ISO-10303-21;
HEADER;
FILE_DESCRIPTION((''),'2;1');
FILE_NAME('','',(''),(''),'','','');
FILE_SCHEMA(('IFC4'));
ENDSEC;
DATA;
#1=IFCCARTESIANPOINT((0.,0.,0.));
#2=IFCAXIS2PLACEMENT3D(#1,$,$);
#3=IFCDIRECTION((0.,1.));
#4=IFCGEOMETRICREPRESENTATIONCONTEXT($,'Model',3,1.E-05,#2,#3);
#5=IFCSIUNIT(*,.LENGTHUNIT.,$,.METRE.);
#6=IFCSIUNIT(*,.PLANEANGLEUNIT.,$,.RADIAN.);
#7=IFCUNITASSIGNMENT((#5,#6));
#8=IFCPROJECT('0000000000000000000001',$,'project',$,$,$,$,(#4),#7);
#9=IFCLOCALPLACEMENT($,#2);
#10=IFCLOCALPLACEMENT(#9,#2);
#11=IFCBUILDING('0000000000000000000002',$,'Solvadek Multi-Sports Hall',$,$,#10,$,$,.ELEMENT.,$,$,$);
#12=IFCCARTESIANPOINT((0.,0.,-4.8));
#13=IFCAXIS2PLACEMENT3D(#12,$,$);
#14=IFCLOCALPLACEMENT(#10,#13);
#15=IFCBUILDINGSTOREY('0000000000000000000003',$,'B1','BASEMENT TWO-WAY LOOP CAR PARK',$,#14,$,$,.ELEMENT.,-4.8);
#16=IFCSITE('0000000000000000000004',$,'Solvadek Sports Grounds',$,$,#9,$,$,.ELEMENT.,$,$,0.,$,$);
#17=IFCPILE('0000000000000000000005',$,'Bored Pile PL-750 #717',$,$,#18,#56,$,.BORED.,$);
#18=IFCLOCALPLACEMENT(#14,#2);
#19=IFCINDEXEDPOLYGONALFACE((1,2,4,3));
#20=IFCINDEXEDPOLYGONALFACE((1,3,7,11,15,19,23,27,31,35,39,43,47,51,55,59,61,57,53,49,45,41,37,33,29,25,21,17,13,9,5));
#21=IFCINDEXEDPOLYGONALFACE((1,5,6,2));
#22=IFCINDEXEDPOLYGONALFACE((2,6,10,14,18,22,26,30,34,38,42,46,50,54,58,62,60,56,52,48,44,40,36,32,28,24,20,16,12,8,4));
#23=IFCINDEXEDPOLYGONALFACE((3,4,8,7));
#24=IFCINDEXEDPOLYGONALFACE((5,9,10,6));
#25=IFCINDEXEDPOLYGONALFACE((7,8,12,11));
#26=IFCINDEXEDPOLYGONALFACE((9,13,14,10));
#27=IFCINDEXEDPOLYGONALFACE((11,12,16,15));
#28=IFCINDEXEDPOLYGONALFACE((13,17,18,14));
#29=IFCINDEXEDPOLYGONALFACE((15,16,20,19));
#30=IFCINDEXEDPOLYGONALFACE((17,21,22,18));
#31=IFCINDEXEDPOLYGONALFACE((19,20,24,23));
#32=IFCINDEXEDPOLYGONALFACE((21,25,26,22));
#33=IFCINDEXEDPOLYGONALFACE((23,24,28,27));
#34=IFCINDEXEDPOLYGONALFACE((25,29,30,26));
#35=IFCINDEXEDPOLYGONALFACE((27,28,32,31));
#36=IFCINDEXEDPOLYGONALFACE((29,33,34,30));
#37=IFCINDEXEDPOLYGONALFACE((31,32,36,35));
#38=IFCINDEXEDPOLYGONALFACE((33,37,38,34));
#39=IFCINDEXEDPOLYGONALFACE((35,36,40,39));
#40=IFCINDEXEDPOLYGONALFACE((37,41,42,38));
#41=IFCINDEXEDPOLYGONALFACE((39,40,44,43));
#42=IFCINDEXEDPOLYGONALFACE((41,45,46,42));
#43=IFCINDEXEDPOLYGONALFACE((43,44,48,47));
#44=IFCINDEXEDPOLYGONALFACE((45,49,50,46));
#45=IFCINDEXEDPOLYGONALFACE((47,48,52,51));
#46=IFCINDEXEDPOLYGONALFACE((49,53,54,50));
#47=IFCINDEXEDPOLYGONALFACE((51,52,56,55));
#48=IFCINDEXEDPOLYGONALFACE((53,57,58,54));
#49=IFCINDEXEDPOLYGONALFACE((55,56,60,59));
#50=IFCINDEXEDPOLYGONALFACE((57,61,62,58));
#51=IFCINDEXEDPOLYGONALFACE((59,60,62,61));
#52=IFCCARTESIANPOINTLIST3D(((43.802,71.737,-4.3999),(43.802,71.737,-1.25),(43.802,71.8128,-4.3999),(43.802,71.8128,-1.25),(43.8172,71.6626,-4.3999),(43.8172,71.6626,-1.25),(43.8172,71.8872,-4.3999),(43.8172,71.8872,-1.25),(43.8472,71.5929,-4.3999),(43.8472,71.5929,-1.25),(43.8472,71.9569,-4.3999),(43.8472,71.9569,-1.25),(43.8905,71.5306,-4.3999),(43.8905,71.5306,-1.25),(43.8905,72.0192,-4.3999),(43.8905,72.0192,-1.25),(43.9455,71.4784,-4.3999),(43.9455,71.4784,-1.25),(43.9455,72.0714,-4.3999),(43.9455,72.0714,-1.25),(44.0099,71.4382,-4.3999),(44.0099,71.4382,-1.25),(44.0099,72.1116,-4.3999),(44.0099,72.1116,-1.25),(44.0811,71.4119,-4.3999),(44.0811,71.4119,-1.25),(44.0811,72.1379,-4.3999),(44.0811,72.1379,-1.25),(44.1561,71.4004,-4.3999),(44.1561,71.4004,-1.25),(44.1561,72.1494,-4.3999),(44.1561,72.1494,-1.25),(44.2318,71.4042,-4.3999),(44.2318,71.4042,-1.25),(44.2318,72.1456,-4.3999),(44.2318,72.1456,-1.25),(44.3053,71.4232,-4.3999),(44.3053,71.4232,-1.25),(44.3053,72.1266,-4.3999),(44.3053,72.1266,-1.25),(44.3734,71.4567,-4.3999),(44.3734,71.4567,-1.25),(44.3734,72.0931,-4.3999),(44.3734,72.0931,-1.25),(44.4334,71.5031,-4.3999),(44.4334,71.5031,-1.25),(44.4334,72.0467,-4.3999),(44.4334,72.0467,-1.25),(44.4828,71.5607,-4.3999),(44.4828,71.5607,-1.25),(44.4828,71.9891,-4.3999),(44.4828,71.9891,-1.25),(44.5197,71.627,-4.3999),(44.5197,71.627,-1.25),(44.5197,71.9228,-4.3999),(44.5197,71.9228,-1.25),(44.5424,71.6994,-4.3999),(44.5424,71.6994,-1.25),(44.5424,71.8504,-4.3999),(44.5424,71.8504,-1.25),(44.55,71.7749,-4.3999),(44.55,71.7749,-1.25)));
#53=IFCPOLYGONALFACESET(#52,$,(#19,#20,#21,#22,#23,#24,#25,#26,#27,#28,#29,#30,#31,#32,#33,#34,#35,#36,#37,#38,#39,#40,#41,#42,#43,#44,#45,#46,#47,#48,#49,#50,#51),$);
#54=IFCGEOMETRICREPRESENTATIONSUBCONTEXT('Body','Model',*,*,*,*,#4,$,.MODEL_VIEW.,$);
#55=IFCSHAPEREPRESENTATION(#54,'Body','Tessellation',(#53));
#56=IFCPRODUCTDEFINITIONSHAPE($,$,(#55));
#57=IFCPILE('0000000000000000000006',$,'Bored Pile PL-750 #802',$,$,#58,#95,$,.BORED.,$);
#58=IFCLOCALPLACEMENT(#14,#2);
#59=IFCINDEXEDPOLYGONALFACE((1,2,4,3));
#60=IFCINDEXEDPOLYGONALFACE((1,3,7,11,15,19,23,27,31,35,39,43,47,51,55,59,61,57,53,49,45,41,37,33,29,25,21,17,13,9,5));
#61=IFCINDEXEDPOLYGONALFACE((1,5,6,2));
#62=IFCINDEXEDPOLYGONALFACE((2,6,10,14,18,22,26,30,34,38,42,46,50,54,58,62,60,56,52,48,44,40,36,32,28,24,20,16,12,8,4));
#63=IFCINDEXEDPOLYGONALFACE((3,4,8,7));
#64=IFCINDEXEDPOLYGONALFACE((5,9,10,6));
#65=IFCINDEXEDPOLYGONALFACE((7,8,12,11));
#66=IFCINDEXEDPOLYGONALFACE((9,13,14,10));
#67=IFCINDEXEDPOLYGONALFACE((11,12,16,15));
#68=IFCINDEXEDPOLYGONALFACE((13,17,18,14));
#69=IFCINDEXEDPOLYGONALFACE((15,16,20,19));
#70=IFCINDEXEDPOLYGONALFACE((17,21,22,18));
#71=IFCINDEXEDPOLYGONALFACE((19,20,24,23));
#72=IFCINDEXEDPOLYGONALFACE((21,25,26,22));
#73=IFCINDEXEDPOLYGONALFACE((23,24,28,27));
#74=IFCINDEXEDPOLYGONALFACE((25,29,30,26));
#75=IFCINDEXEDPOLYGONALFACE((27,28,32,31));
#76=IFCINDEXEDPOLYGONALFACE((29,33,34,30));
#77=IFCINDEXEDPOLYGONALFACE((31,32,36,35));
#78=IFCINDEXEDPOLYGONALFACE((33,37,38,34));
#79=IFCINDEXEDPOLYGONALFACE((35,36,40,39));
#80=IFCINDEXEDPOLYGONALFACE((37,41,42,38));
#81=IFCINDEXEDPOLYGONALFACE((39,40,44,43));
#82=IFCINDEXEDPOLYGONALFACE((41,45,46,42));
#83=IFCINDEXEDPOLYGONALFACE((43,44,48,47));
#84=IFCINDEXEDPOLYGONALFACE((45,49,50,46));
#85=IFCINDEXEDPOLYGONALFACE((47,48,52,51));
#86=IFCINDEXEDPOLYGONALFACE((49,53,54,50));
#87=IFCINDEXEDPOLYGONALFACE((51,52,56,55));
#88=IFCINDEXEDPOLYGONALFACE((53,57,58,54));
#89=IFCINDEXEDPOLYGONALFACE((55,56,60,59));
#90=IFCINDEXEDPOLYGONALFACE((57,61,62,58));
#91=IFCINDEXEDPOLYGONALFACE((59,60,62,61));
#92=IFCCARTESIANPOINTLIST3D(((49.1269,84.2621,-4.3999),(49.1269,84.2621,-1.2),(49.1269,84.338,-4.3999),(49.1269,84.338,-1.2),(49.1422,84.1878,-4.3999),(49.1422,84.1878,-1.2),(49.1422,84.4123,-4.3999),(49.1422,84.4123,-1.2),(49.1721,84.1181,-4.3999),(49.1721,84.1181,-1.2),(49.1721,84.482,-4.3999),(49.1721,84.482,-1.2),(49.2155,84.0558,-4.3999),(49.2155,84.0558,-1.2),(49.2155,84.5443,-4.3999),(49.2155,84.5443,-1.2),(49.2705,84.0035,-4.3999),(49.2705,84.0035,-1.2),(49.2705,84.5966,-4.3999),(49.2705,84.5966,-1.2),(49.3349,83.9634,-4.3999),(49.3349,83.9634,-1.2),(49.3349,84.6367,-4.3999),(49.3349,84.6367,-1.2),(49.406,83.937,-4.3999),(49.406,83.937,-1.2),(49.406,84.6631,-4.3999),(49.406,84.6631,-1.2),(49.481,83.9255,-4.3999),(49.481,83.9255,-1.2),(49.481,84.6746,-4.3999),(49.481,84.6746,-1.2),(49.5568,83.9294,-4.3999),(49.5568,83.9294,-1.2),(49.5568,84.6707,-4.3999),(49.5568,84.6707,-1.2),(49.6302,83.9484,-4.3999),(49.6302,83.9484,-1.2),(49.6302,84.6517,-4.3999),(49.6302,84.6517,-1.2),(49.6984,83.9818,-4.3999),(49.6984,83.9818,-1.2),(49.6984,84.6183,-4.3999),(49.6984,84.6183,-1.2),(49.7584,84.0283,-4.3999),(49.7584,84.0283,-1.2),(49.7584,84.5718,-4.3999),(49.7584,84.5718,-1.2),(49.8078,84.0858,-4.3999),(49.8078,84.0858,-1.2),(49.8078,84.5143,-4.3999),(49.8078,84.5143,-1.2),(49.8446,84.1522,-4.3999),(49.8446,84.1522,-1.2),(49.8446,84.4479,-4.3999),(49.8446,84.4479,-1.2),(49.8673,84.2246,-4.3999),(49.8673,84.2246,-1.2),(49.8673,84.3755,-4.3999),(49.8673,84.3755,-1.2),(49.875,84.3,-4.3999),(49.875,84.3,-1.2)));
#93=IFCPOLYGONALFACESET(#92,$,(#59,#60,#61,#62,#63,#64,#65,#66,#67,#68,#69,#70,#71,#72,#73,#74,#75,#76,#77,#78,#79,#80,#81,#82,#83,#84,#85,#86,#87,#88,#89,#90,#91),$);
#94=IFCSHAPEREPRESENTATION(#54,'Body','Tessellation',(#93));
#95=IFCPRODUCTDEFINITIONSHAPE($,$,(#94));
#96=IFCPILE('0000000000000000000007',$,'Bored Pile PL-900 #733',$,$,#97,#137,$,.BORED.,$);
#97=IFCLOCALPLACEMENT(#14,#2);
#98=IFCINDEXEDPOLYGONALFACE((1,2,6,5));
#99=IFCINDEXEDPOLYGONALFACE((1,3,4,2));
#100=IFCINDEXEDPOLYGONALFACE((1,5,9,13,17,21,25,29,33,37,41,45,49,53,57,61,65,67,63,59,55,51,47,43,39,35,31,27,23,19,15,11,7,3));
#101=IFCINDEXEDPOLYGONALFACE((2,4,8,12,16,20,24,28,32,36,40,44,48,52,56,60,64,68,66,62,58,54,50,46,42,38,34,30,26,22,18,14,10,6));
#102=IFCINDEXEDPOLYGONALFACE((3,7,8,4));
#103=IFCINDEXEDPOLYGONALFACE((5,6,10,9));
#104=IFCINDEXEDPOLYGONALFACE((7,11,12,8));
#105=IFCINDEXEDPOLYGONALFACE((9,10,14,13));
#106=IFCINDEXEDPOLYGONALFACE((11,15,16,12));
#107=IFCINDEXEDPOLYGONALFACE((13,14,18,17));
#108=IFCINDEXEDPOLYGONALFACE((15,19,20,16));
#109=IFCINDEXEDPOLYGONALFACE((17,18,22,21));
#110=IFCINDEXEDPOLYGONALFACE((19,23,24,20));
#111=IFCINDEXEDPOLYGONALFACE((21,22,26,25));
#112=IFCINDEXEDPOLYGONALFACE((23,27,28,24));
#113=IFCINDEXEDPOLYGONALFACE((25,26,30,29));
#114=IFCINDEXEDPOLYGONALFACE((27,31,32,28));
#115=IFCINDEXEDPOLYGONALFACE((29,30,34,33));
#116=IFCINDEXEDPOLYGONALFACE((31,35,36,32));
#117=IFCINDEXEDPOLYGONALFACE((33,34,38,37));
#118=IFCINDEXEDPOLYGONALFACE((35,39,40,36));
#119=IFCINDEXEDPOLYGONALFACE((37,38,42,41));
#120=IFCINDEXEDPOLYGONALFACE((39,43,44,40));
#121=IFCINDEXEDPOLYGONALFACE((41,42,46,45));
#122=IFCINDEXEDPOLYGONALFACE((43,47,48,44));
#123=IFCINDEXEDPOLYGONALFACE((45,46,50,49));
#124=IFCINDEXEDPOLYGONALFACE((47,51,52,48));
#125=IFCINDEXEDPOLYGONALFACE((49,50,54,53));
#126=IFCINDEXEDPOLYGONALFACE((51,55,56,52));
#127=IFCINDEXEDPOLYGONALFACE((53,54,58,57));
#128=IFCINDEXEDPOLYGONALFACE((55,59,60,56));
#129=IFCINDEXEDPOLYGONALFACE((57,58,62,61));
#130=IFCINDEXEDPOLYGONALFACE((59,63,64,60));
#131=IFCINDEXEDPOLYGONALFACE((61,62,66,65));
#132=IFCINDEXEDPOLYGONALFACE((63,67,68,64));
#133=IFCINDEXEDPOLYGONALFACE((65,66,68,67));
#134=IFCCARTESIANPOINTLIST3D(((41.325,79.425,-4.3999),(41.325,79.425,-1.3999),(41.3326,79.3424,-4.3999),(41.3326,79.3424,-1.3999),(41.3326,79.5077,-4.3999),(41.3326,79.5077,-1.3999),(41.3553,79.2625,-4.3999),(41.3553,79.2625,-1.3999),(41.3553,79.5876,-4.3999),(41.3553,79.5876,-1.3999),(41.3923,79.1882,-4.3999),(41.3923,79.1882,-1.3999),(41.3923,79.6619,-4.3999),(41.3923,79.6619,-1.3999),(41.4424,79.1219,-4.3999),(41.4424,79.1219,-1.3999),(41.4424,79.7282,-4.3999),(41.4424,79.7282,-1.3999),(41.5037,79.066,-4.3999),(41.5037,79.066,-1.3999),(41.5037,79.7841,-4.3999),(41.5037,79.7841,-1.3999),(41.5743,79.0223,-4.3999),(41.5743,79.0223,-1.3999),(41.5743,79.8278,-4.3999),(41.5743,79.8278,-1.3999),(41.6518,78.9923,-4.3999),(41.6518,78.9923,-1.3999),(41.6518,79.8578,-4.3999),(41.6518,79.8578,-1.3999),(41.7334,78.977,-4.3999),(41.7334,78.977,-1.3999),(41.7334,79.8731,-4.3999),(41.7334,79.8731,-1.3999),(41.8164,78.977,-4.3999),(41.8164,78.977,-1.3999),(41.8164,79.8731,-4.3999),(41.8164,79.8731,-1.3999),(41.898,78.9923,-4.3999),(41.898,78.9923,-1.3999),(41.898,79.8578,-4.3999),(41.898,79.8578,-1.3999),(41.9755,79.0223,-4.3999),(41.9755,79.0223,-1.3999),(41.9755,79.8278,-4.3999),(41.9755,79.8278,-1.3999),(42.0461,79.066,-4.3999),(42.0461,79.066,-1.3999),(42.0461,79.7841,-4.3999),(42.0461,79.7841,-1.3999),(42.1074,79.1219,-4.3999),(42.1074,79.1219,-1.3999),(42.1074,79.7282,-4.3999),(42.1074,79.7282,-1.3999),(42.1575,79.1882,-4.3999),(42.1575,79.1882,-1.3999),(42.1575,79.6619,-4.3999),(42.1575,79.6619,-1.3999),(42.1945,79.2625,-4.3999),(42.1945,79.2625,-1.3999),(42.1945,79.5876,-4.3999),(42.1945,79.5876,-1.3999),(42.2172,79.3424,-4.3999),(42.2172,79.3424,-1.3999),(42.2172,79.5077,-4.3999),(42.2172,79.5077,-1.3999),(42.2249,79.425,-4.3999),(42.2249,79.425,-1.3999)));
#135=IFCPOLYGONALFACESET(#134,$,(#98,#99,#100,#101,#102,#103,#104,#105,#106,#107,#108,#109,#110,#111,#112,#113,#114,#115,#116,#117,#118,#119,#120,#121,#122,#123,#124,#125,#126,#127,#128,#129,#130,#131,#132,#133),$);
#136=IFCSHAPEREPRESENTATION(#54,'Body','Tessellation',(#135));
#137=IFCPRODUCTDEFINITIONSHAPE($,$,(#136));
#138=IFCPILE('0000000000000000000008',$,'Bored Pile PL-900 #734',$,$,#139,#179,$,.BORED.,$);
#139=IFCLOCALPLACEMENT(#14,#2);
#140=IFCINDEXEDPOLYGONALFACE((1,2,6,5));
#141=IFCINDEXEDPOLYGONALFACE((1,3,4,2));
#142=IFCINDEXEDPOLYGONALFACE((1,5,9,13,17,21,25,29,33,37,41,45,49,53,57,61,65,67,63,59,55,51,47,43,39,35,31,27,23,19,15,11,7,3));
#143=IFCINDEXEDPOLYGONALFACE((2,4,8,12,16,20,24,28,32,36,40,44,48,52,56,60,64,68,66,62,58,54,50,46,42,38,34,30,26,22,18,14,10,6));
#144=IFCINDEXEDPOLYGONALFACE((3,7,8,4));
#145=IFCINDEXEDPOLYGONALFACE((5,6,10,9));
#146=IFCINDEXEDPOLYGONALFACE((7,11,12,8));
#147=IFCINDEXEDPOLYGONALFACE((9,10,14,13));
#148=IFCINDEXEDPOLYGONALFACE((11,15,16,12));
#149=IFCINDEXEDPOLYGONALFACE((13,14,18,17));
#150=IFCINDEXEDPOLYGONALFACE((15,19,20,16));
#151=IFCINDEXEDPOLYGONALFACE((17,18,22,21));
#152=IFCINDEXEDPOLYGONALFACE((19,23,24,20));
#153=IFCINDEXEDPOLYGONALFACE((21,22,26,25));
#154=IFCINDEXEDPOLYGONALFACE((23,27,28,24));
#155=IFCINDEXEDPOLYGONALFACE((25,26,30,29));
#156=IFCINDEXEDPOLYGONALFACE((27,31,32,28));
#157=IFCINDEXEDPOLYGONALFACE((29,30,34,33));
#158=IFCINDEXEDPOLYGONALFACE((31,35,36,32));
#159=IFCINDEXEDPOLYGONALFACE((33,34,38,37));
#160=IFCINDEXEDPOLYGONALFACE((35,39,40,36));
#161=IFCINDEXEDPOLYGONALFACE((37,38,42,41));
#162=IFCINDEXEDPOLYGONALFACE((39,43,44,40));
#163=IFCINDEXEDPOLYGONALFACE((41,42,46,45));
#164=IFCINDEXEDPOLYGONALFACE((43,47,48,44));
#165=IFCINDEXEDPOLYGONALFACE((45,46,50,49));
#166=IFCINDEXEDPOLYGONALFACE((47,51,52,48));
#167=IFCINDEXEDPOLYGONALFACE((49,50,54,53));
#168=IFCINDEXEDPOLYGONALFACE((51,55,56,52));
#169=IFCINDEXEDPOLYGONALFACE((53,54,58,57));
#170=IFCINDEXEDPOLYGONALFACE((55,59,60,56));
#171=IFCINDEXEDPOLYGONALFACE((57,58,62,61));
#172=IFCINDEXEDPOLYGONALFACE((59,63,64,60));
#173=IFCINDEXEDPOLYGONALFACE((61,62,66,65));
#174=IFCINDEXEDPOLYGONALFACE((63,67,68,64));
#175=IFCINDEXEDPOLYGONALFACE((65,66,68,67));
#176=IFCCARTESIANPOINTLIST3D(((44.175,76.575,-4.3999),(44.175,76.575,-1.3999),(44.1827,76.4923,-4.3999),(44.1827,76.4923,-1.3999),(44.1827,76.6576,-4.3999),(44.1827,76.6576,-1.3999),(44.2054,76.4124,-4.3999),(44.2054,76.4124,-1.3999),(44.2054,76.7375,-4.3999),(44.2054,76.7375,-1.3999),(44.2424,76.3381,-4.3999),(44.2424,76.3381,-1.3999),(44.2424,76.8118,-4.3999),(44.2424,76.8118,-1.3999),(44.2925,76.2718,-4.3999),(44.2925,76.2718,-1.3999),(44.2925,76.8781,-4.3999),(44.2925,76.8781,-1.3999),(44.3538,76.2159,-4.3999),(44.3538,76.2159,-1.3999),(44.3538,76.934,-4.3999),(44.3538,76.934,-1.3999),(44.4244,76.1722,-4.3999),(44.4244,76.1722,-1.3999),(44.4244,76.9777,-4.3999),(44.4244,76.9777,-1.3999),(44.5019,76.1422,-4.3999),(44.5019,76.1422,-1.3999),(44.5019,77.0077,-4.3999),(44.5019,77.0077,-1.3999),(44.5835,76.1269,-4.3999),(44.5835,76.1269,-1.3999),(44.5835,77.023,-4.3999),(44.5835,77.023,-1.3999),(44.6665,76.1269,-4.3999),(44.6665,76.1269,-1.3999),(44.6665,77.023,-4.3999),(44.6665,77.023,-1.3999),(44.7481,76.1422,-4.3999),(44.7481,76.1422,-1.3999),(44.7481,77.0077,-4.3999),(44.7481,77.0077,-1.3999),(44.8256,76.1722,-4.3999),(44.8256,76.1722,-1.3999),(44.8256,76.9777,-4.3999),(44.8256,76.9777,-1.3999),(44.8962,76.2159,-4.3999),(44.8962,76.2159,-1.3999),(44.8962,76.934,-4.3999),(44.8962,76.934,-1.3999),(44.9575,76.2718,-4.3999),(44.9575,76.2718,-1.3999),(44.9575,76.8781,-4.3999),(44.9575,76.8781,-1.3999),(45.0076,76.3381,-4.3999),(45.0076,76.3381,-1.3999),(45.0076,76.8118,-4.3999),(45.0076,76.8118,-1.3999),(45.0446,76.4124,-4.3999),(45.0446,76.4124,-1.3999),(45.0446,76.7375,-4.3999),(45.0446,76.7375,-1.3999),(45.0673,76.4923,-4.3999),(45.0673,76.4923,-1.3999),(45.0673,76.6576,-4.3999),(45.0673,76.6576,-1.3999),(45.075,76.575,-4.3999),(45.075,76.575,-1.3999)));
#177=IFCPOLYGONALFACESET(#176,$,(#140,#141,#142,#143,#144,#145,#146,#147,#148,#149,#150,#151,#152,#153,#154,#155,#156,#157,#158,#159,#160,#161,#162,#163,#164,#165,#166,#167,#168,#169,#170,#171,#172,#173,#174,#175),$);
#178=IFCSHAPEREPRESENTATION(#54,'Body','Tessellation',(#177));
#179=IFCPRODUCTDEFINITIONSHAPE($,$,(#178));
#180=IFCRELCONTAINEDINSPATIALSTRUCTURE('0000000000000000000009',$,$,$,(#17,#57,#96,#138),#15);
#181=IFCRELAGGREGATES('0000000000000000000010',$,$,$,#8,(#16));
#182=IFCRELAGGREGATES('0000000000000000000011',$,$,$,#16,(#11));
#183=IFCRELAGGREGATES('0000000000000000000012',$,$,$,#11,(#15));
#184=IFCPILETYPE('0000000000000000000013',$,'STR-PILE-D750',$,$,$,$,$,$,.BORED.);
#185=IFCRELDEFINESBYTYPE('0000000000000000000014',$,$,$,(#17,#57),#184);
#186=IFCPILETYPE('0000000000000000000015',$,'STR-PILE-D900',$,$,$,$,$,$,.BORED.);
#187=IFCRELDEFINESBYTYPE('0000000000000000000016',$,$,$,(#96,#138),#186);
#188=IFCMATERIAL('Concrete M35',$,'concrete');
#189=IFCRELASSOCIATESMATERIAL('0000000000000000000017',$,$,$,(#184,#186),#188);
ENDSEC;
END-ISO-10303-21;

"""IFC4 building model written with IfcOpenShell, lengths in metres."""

from ifc_helpers import new_model, si_unit, direction, frame, origin, origin_2d, place, context, subcontext, project, spatial, circle, extrude, material, material_profile, profile_set, type_object, element, save


model = new_model("IFC4")

# Units and contexts
model_context = context("Model", 3, precision=1e-05, world=origin(), true_north=direction((0.0, 1.0)))
body_context = subcontext(model_context, "Body", "Model", "MODEL_VIEW")
ifc_project = project(units=[si_unit("LENGTHUNIT", "METRE"), si_unit("PLANEANGLEUNIT", "RADIAN")], contexts=[model_context])

# Site, building, storey
site_placement = place(None, origin())
site = spatial("IfcSite", under=ifc_project, at=site_placement, Name="Solvadek Sports Grounds", CompositionType="ELEMENT", RefElevation=0.0)
building_placement = place(site_placement, origin())
building = spatial("IfcBuilding", under=site, at=building_placement, Name="Solvadek Multi-Sports Hall", CompositionType="ELEMENT")
storey_placement = place(building_placement, frame((0.0, 0.0, -4.8)))
storey = spatial("IfcBuildingStorey", under=building, at=storey_placement, Name="B1", Description="BASEMENT TWO-WAY LOOP CAR PARK", CompositionType="ELEMENT", Elevation=-4.8)

# Piles
ifc_material_1 = material(Name="Concrete M35", Category="concrete")
ifc_material_profile_1 = material_profile(ifc_material_1, circle(Radius=0.375, at=origin_2d()), Name="BORED PILE D750")
ifc_profile_set_1 = profile_set([ifc_material_profile_1], Name="Concrete M35")
pile_type_1 = type_object("IfcPileType", Name="STR-PILE-D750", PredefinedType="BORED", material=ifc_profile_set_1)
for number, where, z_axis, x_axis, name in (
    (1, (44.175, 71.7749, -1.25), (0.0, 0.0, -1.0), (1.0, 0.0, 0.0), "Bored Pile PL-750 #717"),
):
    element("IfcPile", number, at=place(storey_placement, frame(where, z_axis=z_axis, x_axis=x_axis)), inside=storey, type_object=pile_type_1, Name=name, PredefinedType="BORED", context=body_context, shape_type="SweptSolid", body=[
        extrude(circle(Radius=0.375, at=origin_2d()), origin(), (0.0, 0.0, 1.0), 3.1499),
    ])
pile_1_placement = place(storey_placement, frame((49.5, 84.3, -1.2), z_axis=(0.0, 0.0, -1.0), x_axis=(1.0, 0.0, 0.0)))
element("IfcPile", 2, at=pile_1_placement, inside=storey, type_object=pile_type_1, Name="Bored Pile PL-750 #802", PredefinedType="BORED", context=body_context, shape_type="SweptSolid", body=[
    extrude(circle(Radius=0.375, at=origin_2d()), origin(), (0.0, 0.0, 1.0), 3.2),
])
ifc_material_profile_2 = material_profile(ifc_material_1, circle(Radius=0.45, at=origin_2d()), Name="BORED PILE D900")
ifc_profile_set_2 = profile_set([ifc_material_profile_2], Name="Concrete M35")
pile_type_2 = type_object("IfcPileType", Name="STR-PILE-D900", PredefinedType="BORED", material=ifc_profile_set_2)
for number, where, z_axis, x_axis, name in (
    (3, (41.7749, 79.425, -1.3999), (0.0, 0.0, -1.0), (1.0, 0.0, 0.0), "Bored Pile PL-900 #733"),
    (4, (44.625, 76.575, -1.3999), (0.0, 0.0, -1.0), (1.0, 0.0, 0.0), "Bored Pile PL-900 #734"),
):
    element("IfcPile", number, at=place(storey_placement, frame(where, z_axis=z_axis, x_axis=x_axis)), inside=storey, type_object=pile_type_2, Name=name, PredefinedType="BORED", context=body_context, shape_type="SweptSolid", body=[
        extrude(circle(Radius=0.45, at=origin_2d()), origin(), (0.0, 0.0, 1.0), 3.0),
    ])

save(model, "model.ifc")
